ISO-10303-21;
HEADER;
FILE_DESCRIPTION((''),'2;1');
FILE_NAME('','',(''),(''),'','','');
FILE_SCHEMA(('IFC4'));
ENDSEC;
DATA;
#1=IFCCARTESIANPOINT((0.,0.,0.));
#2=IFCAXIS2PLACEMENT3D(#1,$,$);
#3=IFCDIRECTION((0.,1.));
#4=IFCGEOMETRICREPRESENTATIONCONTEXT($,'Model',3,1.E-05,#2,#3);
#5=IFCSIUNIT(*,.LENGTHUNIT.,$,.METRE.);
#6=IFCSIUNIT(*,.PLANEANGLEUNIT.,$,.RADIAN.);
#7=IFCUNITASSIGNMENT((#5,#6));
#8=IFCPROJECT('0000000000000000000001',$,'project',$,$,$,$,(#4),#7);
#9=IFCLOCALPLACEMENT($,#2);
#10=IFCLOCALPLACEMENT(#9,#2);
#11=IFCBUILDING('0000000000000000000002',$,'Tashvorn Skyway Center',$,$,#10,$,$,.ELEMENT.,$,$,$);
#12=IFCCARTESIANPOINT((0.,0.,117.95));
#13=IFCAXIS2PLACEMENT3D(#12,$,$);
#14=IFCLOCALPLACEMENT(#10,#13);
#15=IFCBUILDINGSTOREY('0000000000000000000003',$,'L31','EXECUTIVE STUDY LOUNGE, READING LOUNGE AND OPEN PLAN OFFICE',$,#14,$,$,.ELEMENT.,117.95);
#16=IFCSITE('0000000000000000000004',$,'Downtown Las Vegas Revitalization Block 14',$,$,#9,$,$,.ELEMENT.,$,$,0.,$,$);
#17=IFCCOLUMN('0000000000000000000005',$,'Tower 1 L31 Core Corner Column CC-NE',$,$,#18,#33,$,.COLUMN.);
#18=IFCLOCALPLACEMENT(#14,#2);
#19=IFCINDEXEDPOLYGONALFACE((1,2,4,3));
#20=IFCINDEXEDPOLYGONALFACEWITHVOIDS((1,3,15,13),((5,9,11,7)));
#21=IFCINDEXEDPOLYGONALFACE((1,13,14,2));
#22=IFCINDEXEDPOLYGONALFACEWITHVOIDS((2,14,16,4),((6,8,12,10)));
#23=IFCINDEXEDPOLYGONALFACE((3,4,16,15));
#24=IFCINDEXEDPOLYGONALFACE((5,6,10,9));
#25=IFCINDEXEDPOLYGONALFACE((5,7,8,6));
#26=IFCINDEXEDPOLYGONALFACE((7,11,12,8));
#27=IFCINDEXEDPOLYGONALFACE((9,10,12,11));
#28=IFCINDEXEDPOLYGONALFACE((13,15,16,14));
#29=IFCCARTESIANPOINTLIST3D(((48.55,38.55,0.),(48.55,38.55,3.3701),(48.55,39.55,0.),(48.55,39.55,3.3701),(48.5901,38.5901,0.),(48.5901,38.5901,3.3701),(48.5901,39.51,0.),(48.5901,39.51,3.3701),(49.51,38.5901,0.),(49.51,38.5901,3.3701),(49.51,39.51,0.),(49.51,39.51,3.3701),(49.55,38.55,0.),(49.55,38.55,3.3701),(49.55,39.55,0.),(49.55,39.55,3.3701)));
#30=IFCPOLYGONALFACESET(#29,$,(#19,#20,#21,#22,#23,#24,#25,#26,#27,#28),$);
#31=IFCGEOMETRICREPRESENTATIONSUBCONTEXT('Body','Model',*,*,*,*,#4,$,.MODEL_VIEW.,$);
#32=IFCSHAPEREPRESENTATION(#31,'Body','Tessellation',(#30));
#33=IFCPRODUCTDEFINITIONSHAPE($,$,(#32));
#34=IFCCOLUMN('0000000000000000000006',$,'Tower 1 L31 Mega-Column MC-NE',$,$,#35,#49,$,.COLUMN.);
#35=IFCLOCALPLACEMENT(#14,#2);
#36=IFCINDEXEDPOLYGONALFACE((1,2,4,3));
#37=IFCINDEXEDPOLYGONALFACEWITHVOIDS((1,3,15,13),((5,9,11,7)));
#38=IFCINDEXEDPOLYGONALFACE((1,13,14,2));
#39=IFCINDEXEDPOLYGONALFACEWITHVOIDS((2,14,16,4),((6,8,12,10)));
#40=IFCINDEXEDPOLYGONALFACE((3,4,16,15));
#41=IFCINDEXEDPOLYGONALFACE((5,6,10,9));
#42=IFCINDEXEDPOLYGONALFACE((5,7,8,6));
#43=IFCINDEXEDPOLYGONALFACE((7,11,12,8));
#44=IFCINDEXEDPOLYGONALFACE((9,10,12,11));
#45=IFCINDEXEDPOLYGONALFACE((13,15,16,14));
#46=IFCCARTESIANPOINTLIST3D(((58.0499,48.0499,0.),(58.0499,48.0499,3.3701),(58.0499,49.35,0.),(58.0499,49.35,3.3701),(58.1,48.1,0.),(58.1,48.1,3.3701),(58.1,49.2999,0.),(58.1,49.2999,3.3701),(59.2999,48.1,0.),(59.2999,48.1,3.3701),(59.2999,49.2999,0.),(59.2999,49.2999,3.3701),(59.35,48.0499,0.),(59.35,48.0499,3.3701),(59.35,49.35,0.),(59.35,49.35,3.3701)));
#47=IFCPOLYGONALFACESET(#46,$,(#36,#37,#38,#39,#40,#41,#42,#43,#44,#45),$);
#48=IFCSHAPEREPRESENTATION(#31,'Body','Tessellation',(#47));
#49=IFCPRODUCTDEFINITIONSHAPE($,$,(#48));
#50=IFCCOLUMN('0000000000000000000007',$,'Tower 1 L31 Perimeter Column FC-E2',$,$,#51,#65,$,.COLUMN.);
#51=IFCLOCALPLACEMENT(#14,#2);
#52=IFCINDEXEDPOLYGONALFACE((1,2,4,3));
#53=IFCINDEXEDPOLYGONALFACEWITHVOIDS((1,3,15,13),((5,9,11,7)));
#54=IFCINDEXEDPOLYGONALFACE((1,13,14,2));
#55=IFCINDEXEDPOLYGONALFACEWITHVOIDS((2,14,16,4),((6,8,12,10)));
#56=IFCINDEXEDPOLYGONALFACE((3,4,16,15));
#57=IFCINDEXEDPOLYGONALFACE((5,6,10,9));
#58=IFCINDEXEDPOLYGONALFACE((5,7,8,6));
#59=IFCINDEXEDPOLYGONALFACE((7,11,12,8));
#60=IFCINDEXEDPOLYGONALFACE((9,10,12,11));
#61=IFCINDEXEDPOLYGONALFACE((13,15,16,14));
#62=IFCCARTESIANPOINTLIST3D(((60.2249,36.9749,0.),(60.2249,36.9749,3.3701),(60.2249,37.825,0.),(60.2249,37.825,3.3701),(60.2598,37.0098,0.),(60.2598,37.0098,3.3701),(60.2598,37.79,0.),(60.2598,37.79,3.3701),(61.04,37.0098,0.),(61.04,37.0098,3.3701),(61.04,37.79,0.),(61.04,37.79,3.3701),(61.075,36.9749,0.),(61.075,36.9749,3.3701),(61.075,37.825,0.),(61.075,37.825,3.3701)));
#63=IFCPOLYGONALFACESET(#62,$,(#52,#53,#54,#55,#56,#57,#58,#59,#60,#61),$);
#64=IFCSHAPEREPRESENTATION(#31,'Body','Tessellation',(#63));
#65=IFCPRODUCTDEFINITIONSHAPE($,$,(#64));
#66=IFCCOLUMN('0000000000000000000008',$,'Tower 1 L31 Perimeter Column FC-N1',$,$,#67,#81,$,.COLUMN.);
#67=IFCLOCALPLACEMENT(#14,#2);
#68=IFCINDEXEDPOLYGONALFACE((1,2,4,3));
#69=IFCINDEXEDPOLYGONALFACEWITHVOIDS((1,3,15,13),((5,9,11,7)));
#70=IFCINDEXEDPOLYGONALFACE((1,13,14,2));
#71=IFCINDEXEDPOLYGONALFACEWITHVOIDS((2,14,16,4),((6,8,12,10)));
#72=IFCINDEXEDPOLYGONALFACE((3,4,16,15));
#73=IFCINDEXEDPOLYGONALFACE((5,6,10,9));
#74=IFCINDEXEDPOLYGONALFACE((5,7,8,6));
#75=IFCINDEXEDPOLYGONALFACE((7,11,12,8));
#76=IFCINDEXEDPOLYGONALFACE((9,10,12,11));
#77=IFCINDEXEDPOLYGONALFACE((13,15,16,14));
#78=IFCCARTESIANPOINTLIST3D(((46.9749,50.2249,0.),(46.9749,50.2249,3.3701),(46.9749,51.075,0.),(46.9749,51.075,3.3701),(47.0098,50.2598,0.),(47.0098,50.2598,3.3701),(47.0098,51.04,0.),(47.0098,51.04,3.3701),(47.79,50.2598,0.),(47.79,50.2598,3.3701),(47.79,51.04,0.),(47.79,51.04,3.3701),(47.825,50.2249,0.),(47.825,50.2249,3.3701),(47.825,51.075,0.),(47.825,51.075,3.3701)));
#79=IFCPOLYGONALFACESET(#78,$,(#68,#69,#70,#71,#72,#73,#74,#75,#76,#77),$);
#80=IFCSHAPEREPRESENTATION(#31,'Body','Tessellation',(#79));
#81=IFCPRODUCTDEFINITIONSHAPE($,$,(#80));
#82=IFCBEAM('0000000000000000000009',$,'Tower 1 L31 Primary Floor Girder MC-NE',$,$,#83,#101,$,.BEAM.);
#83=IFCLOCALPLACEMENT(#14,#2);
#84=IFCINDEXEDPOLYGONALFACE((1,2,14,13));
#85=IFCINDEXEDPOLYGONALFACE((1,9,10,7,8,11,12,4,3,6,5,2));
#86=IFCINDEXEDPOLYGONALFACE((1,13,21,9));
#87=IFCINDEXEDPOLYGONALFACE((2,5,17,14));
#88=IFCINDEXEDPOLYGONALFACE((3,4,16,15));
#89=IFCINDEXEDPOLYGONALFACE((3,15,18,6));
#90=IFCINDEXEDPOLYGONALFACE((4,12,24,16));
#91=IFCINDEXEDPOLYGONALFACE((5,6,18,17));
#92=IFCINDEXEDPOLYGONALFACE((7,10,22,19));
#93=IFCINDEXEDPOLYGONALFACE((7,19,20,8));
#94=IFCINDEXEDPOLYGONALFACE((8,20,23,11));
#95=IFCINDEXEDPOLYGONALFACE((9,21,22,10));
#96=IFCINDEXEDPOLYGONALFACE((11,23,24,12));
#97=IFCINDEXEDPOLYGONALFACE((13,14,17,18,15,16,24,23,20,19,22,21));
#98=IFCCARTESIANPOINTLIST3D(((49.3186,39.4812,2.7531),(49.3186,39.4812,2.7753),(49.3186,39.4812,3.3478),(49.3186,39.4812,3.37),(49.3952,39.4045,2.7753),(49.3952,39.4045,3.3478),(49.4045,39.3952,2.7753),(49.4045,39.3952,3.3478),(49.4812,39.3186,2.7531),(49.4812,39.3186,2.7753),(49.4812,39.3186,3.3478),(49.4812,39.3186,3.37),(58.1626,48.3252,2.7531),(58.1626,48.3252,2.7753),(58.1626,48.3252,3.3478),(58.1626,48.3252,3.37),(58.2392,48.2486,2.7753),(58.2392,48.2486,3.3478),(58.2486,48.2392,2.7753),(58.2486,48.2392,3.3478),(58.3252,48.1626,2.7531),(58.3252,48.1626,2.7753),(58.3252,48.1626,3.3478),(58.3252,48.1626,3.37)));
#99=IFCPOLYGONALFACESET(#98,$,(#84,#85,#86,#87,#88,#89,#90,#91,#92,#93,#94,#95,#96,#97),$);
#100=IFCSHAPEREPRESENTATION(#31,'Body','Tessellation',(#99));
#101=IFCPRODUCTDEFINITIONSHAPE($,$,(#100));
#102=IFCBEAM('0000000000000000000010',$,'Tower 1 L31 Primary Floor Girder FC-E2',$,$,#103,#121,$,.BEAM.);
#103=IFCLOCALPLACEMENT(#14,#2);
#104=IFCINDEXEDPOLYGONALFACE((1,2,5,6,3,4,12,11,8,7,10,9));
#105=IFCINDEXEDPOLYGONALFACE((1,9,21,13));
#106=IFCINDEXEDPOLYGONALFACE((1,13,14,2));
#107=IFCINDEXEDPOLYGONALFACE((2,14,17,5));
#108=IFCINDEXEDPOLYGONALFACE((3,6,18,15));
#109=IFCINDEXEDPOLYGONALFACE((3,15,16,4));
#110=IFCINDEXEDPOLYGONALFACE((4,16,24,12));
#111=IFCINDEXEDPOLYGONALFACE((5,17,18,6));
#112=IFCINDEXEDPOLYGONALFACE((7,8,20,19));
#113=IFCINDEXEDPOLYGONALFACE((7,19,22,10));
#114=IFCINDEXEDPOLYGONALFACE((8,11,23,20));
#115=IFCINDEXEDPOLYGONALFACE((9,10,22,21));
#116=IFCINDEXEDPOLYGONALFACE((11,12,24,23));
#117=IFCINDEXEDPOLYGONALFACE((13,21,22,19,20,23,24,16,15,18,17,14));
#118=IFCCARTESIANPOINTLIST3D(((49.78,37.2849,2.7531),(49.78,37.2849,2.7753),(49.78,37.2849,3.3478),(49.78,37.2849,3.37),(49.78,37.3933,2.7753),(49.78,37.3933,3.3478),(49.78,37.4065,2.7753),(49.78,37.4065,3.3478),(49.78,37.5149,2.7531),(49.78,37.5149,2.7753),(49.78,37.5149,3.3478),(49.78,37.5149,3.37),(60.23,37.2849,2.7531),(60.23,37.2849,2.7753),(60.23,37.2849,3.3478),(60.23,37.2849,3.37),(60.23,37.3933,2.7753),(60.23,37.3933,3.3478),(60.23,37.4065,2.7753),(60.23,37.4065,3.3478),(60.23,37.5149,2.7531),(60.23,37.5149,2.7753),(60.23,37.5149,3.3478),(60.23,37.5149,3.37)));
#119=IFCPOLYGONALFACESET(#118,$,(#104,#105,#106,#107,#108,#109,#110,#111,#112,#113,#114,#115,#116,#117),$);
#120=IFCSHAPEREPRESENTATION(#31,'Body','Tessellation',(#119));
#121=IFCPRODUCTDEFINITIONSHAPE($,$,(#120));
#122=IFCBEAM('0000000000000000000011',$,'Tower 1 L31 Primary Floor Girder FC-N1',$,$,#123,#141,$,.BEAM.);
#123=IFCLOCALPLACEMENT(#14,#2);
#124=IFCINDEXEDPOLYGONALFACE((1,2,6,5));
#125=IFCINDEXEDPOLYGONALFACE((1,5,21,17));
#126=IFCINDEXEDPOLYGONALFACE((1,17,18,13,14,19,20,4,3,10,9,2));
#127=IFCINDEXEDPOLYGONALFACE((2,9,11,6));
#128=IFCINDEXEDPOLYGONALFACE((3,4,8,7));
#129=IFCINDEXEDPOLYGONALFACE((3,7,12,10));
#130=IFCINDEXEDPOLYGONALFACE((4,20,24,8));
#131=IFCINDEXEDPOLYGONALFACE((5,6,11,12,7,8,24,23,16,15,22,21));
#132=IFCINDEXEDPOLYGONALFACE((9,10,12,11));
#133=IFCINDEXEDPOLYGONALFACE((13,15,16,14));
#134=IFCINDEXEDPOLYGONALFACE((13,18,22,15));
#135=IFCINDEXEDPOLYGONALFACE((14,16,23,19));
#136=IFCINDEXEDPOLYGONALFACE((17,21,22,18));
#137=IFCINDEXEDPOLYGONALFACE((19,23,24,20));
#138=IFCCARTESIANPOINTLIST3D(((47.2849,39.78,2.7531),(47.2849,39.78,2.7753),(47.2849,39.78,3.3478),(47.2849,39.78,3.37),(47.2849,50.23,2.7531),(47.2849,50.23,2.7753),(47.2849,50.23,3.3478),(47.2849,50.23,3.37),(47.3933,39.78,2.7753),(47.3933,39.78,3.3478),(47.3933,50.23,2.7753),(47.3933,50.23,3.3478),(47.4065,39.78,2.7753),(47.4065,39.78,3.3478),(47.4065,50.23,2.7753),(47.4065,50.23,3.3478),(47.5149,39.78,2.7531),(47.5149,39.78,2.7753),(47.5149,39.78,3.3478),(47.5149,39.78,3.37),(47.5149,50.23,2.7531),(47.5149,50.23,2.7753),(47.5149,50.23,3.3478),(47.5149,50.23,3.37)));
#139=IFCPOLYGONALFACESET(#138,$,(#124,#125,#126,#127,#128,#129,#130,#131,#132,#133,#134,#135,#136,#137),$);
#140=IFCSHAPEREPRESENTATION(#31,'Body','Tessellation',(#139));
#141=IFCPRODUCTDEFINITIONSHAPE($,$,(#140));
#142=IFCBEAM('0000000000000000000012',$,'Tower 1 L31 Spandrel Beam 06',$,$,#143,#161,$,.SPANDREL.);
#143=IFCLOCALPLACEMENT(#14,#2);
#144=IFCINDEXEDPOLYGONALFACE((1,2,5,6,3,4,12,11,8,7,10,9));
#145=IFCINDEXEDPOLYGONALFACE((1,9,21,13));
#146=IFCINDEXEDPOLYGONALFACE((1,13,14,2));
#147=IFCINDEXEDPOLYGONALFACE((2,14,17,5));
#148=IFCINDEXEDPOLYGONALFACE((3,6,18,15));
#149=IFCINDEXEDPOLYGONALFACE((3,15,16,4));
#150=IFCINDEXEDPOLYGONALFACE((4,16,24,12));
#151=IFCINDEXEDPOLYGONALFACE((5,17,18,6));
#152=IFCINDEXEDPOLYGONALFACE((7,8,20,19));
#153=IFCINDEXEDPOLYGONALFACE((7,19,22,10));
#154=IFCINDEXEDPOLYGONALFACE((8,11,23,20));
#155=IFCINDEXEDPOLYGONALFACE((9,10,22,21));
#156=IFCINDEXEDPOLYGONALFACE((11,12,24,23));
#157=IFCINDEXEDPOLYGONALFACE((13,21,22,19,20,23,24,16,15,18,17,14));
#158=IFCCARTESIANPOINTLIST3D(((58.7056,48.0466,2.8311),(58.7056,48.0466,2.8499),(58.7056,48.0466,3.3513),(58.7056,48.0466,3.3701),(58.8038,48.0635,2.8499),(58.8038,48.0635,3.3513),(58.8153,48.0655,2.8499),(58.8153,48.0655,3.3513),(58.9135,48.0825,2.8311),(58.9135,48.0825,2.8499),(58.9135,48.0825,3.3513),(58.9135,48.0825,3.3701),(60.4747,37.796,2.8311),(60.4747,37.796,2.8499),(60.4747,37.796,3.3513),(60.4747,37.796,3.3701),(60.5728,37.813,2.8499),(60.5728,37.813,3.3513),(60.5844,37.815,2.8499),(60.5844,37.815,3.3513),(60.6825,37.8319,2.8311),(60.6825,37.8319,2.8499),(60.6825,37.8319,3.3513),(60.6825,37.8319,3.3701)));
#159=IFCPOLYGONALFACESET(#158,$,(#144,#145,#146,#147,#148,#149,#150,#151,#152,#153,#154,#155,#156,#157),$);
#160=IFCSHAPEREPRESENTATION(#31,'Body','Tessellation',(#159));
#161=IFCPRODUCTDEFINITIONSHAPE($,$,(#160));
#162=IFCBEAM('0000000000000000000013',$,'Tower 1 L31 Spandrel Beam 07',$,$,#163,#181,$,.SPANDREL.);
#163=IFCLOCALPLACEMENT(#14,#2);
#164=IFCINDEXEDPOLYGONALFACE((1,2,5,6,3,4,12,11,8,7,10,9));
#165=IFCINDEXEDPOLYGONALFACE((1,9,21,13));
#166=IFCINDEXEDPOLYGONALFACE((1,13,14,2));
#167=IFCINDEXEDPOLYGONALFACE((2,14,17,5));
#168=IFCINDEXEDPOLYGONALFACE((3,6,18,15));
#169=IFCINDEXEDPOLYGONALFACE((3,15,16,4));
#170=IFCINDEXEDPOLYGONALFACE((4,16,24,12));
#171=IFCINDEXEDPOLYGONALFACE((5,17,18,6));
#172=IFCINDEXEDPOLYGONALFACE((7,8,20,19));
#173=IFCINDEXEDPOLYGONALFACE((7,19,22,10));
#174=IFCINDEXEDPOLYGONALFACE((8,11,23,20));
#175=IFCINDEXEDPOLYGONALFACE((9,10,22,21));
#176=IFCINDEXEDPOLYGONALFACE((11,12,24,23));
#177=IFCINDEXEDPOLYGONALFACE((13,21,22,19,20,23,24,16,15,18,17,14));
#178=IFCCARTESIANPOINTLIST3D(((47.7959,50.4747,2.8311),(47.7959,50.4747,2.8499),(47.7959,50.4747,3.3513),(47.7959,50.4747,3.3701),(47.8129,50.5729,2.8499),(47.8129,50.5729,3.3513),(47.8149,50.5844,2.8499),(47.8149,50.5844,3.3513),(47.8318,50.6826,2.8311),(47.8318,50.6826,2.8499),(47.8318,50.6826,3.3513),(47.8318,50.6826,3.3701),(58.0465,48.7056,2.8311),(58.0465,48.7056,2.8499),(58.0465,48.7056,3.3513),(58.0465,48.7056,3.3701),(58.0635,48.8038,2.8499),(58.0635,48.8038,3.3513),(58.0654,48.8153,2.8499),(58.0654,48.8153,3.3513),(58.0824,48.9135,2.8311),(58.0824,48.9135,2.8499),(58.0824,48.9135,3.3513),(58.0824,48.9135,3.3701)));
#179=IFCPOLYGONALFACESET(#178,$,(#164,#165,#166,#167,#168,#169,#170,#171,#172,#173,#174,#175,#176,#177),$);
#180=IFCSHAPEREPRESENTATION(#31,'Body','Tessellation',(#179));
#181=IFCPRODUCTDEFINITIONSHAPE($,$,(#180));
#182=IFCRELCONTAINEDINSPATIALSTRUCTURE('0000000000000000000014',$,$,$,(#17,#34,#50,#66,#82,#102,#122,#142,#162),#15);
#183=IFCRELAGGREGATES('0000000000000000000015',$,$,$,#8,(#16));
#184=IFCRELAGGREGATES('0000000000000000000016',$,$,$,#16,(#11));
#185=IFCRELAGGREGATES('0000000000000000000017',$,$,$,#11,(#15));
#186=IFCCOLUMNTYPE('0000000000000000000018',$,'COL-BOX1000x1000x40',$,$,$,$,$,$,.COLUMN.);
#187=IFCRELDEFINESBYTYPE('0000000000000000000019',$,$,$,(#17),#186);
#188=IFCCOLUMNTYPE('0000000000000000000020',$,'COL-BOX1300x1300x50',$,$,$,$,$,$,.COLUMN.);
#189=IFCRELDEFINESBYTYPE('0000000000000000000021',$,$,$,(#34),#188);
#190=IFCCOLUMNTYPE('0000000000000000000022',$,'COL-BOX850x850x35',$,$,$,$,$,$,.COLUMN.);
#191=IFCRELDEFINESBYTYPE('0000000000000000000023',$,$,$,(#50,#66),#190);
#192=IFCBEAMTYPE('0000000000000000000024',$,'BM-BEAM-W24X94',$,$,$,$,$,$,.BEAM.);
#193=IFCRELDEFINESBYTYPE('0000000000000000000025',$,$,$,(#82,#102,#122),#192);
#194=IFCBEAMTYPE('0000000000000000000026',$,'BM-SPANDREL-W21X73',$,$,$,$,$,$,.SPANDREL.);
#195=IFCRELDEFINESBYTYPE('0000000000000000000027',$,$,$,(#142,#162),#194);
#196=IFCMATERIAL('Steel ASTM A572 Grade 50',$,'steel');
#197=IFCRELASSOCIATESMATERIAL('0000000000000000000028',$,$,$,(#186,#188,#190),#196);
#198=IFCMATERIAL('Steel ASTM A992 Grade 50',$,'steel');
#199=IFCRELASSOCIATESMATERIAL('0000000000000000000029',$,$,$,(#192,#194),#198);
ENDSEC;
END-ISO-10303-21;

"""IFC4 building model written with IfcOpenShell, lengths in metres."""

from ifc_helpers import new_model, si_unit, direction, frame, origin, origin_2d, place, context, subcontext, project, spatial, hollow_rectangle, i_section, extrude, material, material_profile, profile_set, type_object, element, save


model = new_model("IFC4")

# Units and contexts
model_context = context("Model", 3, precision=1e-05, world=origin(), true_north=direction((0.0, 1.0)))
body_context = subcontext(model_context, "Body", "Model", "MODEL_VIEW")
ifc_project = project(units=[si_unit("LENGTHUNIT", "METRE"), si_unit("PLANEANGLEUNIT", "RADIAN")], contexts=[model_context])

# Site, building, storey
site_placement = place(None, origin())
site = spatial("IfcSite", under=ifc_project, at=site_placement, Name="Downtown Las Vegas Revitalization Block 14", CompositionType="ELEMENT", RefElevation=0.0)
building_placement = place(site_placement, origin())
building = spatial("IfcBuilding", under=site, at=building_placement, Name="Tashvorn Skyway Center", CompositionType="ELEMENT")
storey_placement = place(building_placement, frame((0.0, 0.0, 117.95)))
storey = spatial("IfcBuildingStorey", under=building, at=storey_placement, Name="L31", Description="EXECUTIVE STUDY LOUNGE, READING LOUNGE AND OPEN PLAN OFFICE", CompositionType="ELEMENT", Elevation=117.95)

# Columns
ifc_material_1 = material(Name="Steel ASTM A572 Grade 50", Category="steel")
ifc_material_profile_1 = material_profile(ifc_material_1, hollow_rectangle(XDim=1.0, YDim=1.0, WallThickness=0.04, at=origin_2d()), Name="BOX1000x1000x40")
ifc_profile_set_1 = profile_set([ifc_material_profile_1], Name="Steel ASTM A572 Grade 50")
column_type_1 = type_object("IfcColumnType", Name="COL-BOX1000x1000x40", PredefinedType="COLUMN", material=ifc_profile_set_1)
column_1_placement = place(storey_placement, frame((49.05, 39.05, 0.0), z_axis=(0.0, 0.0, 1.0), x_axis=(1.0, 0.0, 0.0)))
element("IfcColumn", 1, at=column_1_placement, inside=storey, type_object=column_type_1, Name="Tower 1 L31 Core Corner Column CC-NE", PredefinedType="COLUMN", context=body_context, shape_type="SweptSolid", body=[
    extrude(hollow_rectangle(XDim=1.0, YDim=1.0, WallThickness=0.04, at=origin_2d()), origin(), (0.0, 0.0, 1.0), 3.3701),
])
ifc_material_profile_2 = material_profile(ifc_material_1, hollow_rectangle(XDim=1.3, YDim=1.3, WallThickness=0.05, at=origin_2d()), Name="BOX1300x1300x50")
ifc_profile_set_2 = profile_set([ifc_material_profile_2], Name="Steel ASTM A572 Grade 50")
column_type_2 = type_object("IfcColumnType", Name="COL-BOX1300x1300x50", PredefinedType="COLUMN", material=ifc_profile_set_2)
column_2_placement = place(storey_placement, frame((58.7, 48.7, 0.0), z_axis=(0.0, 0.0, 1.0), x_axis=(1.0, 0.0, 0.0)))
element("IfcColumn", 2, at=column_2_placement, inside=storey, type_object=column_type_2, Name="Tower 1 L31 Mega-Column MC-NE", PredefinedType="COLUMN", context=body_context, shape_type="SweptSolid", body=[
    extrude(hollow_rectangle(XDim=1.3, YDim=1.3, WallThickness=0.05, at=origin_2d()), origin(), (0.0, 0.0, 1.0), 3.3701),
])
ifc_material_profile_3 = material_profile(ifc_material_1, hollow_rectangle(XDim=0.8501, YDim=0.8501, WallThickness=0.0349, at=origin_2d()), Name="BOX850x850x35")
ifc_profile_set_3 = profile_set([ifc_material_profile_3], Name="Steel ASTM A572 Grade 50")
column_type_3 = type_object("IfcColumnType", Name="COL-BOX850x850x35", PredefinedType="COLUMN", material=ifc_profile_set_3)
for number, where, z_axis, x_axis, name in (
    (3, (60.6499, 37.3999, 0.0), (0.0, 0.0, 1.0), (1.0, 0.0, 0.0), "Tower 1 L31 Perimeter Column FC-E2"),
    (4, (47.3999, 50.6499, 0.0), (0.0, 0.0, 1.0), (1.0, 0.0, 0.0), "Tower 1 L31 Perimeter Column FC-N1"),
):
    element("IfcColumn", number, at=place(storey_placement, frame(where, z_axis=z_axis, x_axis=x_axis)), inside=storey, type_object=column_type_3, Name=name, PredefinedType="COLUMN", context=body_context, shape_type="SweptSolid", body=[
        extrude(hollow_rectangle(XDim=0.8501, YDim=0.8501, WallThickness=0.0349, at=origin_2d()), origin(), (0.0, 0.0, 1.0), 3.3701),
    ])

# Beams
ifc_material_2 = material(Name="Steel ASTM A992 Grade 50", Category="steel")
ifc_material_profile_4 = material_profile(ifc_material_2, i_section(OverallWidth=0.23, OverallDepth=0.6169, WebThickness=0.0132, FlangeThickness=0.0222, at=origin_2d()), Name="W24X94")
ifc_profile_set_4 = profile_set([ifc_material_profile_4], Name="Steel ASTM A992 Grade 50")
beam_type_1 = type_object("IfcBeamType", Name="BM-BEAM-W24X94", PredefinedType="BEAM", material=ifc_profile_set_4)
beam_placement = place(storey_placement, frame((58.2439, 48.2439, 3.0615), z_axis=(-0.707107, -0.707107, 0.0), x_axis=(0.707107, -0.707107, 0.0)))
element("IfcBeam", 5, at=beam_placement, inside=storey, type_object=beam_type_1, Name="Tower 1 L31 Primary Floor Girder MC-NE", PredefinedType="BEAM", context=body_context, shape_type="SweptSolid", body=[
    extrude(i_section(OverallWidth=0.23, OverallDepth=0.6169, WebThickness=0.0132, FlangeThickness=0.0222, at=origin_2d()), origin(), (0.0, 0.0, 1.0), 12.5073),
])
for number, where, z_axis, x_axis, name in (
    (6, (60.23, 37.3999, 3.0615), (-1.0, 0.0, 0.0), (0.0, -1.0, 0.0), "Tower 1 L31 Primary Floor Girder FC-E2"),
    (7, (47.3999, 50.23, 3.0615), (0.0, -1.0, 0.0), (1.0, 0.0, 0.0), "Tower 1 L31 Primary Floor Girder FC-N1"),
):
    element("IfcBeam", number, at=place(storey_placement, frame(where, z_axis=z_axis, x_axis=x_axis)), inside=storey, type_object=beam_type_1, Name=name, PredefinedType="BEAM", context=body_context, shape_type="SweptSolid", body=[
        extrude(i_section(OverallWidth=0.23, OverallDepth=0.6169, WebThickness=0.0132, FlangeThickness=0.0222, at=origin_2d()), origin(), (0.0, 0.0, 1.0), 10.45),
    ])
ifc_material_profile_5 = material_profile(ifc_material_2, i_section(OverallWidth=0.2109, OverallDepth=0.5391, WebThickness=0.0117, FlangeThickness=0.0188, at=origin_2d()), Name="W21X73")
ifc_profile_set_5 = profile_set([ifc_material_profile_5], Name="Steel ASTM A992 Grade 50")
beam_type_2 = type_object("IfcBeamType", Name="BM-SPANDREL-W21X73", PredefinedType="SPANDREL", material=ifc_profile_set_5)
for number, where, z_axis, x_axis, name in (
    (8, (60.5786, 37.814, 3.1006), (-0.170067, 0.985432, 0.0), (-0.985432, -0.170067, 0.0), "Tower 1 L31 Spandrel Beam 06"),
    (9, (58.0645, 48.8096, 3.1006), (-0.985432, 0.170067, 0.0), (-0.170067, -0.985432, 0.0), "Tower 1 L31 Spandrel Beam 07"),
):
    element("IfcBeam", number, at=place(storey_placement, frame(where, z_axis=z_axis, x_axis=x_axis)), inside=storey, type_object=beam_type_2, Name=name, PredefinedType="SPANDREL", context=body_context, shape_type="SweptSolid", body=[
        extrude(i_section(OverallWidth=0.2109, OverallDepth=0.5391, WebThickness=0.0117, FlangeThickness=0.0188, at=origin_2d()), origin(), (0.0, 0.0, 1.0), 10.4021),
    ])

save(model, "model.ifc")
